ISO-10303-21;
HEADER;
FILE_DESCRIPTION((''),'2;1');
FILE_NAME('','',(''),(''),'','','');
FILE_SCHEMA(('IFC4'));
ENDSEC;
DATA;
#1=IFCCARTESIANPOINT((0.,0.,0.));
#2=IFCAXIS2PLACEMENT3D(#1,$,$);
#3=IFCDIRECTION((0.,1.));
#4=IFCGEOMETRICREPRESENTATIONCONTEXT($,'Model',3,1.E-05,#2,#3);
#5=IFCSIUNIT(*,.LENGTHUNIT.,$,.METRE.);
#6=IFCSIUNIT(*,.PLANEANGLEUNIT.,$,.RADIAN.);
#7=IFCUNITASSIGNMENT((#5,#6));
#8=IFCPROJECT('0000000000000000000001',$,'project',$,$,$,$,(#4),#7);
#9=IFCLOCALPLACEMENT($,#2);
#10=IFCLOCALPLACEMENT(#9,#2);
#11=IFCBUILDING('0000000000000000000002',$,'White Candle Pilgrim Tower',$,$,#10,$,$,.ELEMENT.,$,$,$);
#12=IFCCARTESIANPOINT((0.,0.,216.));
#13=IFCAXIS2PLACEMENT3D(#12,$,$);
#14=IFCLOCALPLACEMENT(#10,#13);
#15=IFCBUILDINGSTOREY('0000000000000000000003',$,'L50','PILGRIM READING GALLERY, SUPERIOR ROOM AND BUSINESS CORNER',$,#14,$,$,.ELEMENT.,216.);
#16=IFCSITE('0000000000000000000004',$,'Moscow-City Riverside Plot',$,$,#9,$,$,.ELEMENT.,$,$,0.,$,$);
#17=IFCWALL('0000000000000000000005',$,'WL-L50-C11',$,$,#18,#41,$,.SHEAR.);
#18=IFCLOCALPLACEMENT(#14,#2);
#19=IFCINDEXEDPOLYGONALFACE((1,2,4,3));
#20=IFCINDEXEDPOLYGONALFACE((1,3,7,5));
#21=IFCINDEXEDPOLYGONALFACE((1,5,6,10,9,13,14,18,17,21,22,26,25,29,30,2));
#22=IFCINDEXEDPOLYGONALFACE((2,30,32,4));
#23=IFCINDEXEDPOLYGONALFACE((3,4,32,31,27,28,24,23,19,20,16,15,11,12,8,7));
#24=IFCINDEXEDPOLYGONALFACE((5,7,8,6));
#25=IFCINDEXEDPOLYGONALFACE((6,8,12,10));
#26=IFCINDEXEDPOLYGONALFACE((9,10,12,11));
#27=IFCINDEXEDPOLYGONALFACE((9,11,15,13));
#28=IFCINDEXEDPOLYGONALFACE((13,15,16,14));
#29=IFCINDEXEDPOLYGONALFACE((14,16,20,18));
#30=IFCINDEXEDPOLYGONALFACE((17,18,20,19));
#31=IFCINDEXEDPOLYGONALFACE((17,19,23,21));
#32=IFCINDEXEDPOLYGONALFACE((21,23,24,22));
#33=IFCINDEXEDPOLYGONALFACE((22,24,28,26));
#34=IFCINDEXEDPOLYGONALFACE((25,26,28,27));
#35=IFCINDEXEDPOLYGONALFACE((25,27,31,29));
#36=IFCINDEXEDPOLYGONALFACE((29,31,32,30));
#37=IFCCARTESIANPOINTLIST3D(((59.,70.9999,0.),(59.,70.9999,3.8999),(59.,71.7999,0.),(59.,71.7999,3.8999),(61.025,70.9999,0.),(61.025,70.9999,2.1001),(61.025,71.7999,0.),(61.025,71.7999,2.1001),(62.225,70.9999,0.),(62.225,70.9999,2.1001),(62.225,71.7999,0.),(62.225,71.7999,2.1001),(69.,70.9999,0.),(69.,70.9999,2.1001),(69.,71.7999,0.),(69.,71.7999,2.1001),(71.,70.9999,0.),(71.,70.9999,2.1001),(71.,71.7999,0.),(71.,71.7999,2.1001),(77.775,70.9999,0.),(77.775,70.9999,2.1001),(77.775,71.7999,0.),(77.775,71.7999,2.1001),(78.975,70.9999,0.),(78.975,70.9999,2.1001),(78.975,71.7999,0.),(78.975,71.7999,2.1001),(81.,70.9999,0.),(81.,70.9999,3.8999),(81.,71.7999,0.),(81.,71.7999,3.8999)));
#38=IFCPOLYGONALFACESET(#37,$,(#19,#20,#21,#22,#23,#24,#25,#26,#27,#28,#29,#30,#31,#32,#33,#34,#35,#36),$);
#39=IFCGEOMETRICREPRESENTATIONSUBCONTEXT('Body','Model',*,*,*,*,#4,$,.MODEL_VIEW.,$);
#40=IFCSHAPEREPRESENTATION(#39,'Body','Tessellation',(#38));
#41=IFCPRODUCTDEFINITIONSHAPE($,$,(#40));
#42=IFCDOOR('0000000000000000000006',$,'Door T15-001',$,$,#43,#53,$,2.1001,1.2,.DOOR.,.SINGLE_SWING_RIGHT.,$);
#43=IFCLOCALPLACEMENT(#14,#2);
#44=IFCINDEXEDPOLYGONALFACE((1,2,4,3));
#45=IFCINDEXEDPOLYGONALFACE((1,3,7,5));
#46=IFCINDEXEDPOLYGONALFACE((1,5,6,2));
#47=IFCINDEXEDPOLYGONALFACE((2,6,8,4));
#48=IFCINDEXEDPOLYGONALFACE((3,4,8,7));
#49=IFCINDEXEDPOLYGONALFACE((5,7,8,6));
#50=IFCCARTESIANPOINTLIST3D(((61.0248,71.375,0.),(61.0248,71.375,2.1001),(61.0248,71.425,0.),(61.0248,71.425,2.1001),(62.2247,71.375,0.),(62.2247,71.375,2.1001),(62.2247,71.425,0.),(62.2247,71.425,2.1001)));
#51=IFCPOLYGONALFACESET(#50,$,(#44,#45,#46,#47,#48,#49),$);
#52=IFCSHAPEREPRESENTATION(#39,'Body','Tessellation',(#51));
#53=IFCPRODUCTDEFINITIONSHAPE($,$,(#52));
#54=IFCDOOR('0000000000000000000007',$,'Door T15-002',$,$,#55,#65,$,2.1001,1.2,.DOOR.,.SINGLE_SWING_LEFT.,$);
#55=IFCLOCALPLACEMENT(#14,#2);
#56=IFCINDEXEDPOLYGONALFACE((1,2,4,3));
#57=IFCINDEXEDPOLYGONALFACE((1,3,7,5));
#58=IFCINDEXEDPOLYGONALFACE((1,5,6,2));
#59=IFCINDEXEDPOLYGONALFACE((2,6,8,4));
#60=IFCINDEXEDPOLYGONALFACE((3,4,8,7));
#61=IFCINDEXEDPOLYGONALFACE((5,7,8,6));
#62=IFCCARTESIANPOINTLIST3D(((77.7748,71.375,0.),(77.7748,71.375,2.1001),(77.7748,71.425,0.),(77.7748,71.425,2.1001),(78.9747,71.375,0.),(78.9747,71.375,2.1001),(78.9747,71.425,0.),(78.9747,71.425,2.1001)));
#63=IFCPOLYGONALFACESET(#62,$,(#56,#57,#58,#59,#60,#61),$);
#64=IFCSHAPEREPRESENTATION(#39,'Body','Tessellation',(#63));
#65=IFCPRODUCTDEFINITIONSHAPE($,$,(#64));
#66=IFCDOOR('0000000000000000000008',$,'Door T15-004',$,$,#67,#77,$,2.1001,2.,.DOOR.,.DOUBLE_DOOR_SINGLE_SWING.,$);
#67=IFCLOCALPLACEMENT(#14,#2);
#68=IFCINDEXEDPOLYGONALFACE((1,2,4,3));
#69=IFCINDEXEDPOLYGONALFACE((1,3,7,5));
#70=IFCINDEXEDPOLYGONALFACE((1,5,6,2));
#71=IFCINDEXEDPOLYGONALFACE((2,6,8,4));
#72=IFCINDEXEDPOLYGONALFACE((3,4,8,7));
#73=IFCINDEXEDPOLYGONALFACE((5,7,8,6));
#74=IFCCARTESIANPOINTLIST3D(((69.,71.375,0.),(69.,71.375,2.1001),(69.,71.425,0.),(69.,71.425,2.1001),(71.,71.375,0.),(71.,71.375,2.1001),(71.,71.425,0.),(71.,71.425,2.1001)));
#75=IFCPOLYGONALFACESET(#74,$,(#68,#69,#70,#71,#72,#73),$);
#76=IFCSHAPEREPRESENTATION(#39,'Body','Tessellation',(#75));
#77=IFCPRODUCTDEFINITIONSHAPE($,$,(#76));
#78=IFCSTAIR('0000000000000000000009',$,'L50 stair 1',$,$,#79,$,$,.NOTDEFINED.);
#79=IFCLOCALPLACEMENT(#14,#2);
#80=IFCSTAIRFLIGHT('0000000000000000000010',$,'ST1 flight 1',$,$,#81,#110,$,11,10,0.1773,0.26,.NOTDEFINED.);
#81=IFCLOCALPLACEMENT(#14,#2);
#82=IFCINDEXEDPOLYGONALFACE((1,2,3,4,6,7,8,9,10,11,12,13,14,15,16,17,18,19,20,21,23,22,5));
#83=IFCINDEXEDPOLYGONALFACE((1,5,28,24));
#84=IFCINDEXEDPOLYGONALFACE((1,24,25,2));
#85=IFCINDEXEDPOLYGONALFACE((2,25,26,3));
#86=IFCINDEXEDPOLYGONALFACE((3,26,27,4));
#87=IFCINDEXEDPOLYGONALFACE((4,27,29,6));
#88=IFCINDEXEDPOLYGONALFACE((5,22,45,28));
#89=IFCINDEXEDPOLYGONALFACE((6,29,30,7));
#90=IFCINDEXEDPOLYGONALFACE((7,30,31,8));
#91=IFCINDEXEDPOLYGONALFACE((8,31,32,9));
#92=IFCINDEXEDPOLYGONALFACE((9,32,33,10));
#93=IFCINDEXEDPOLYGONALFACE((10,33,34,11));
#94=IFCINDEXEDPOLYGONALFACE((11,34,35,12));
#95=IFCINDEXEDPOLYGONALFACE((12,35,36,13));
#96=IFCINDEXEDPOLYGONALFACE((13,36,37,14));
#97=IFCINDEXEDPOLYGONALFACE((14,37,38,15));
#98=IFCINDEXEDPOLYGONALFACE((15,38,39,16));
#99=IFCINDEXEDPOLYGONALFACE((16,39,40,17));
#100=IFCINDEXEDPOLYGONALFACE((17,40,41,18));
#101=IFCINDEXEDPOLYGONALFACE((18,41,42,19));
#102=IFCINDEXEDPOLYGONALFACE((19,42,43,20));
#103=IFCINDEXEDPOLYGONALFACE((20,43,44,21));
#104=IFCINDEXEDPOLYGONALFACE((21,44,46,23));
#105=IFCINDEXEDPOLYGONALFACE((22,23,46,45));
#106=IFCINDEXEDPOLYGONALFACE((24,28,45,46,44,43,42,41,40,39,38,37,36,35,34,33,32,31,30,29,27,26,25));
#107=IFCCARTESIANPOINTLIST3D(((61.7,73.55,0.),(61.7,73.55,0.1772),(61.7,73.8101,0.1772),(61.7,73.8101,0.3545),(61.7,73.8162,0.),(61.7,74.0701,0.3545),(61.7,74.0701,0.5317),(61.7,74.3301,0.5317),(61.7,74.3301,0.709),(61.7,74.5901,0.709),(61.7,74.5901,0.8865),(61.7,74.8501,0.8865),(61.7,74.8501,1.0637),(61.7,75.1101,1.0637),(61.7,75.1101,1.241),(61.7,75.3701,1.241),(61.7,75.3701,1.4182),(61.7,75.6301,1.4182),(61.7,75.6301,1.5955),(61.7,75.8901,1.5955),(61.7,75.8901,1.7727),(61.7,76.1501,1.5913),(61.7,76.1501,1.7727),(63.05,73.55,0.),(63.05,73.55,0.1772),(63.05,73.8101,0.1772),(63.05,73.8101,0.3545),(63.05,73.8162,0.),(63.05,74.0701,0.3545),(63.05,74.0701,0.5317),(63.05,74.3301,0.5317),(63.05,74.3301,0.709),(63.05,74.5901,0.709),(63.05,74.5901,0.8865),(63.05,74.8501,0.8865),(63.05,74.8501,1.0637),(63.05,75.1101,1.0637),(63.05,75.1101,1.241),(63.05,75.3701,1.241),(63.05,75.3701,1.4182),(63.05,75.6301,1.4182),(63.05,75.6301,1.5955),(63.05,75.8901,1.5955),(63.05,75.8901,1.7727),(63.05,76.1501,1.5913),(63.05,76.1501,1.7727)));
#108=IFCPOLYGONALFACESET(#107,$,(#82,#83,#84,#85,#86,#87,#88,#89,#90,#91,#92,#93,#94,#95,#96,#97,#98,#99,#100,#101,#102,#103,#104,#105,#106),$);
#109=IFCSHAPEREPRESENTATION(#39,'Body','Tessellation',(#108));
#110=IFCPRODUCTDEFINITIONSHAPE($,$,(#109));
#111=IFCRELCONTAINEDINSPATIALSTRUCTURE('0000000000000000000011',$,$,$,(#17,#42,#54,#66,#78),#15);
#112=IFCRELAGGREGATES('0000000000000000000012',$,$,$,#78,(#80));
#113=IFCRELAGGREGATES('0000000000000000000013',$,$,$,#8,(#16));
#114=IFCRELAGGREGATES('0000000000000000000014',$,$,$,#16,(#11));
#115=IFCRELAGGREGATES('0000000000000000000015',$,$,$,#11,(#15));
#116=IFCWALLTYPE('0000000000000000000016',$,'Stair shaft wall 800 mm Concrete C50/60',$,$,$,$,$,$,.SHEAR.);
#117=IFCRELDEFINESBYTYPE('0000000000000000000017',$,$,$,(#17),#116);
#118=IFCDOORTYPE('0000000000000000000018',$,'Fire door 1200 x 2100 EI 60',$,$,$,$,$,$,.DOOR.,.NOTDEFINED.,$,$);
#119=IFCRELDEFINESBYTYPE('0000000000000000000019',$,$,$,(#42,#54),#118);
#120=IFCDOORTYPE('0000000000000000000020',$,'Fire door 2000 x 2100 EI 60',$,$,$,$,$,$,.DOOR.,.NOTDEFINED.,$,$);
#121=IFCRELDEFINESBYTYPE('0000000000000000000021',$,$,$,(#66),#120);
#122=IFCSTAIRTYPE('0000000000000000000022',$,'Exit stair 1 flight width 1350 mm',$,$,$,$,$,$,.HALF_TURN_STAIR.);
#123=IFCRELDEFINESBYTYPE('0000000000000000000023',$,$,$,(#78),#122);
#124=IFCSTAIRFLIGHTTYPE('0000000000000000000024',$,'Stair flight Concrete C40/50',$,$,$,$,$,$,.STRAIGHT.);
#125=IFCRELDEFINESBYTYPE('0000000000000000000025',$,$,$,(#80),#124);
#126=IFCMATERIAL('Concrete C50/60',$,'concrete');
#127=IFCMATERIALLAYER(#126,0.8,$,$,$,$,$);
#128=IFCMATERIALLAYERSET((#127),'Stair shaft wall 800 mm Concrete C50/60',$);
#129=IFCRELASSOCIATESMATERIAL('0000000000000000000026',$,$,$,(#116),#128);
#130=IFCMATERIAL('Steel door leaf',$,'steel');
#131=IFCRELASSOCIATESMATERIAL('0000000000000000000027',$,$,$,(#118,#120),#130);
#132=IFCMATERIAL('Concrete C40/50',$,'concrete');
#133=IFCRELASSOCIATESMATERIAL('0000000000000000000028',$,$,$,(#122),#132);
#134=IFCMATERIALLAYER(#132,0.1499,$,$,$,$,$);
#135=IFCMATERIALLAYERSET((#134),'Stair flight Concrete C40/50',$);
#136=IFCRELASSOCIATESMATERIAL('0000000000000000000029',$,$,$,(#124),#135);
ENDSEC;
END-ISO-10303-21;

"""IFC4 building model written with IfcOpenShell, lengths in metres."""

from ifc_helpers import new_model, si_unit, direction, frame, frame_2d, origin, place, context, subcontext, project, spatial, polyline, rectangle, outline, extrude, material, layer, layer_set, type_object, element, fill, aggregate, save


model = new_model("IFC4")

# Units and contexts
model_context = context("Model", 3, precision=1e-05, world=origin(), true_north=direction((0.0, 1.0)))
body_context = subcontext(model_context, "Body", "Model", "MODEL_VIEW")
ifc_project = project(units=[si_unit("LENGTHUNIT", "METRE"), si_unit("PLANEANGLEUNIT", "RADIAN")], contexts=[model_context])

# Site, building, storey
site_placement = place(None, origin())
site = spatial("IfcSite", under=ifc_project, at=site_placement, Name="Moscow-City Riverside Plot", CompositionType="ELEMENT", RefElevation=0.0)
building_placement = place(site_placement, origin())
building = spatial("IfcBuilding", under=site, at=building_placement, Name="White Candle Pilgrim Tower", CompositionType="ELEMENT")
storey_placement = place(building_placement, frame((0.0, 0.0, 216.0)))
storey = spatial("IfcBuildingStorey", under=building, at=storey_placement, Name="L50", Description="PILGRIM READING GALLERY, SUPERIOR ROOM AND BUSINESS CORNER", CompositionType="ELEMENT", Elevation=216.0)

# Shared definitions
ifc_material_1 = material(Name="Steel door leaf", Category="steel")

# Shared definitions
ifc_material_2 = material(Name="Concrete C50/60", Category="concrete")

# Wall, openings, doors
ifc_layer_1 = layer(ifc_material_2, 0.8)
ifc_layer_set_1 = layer_set([ifc_layer_1], Name="Stair shaft wall 800 mm Concrete C50/60")
wall_type_1 = type_object("IfcWallType", Name="Stair shaft wall 800 mm Concrete C50/60", PredefinedType="SHEAR", material=ifc_layer_set_1)
wall_1_placement = place(storey_placement, frame((59.0, 71.3999, 0.0), z_axis=(0.0, 0.0, 1.0), x_axis=(1.0, 0.0, 0.0)))
wall_1 = element("IfcWall", 1, at=wall_1_placement, inside=storey, type_object=wall_type_1, Name="WL-L50-C11", PredefinedType="SHEAR", context=body_context, shape_type="SweptSolid", body=[
    extrude(rectangle(XDim=22.0, YDim=0.8, at=frame_2d((11.0, 0.0))), origin(), (0.0, 0.0, 1.0), 3.8999),
])
opening_1_placement = place(wall_1_placement, frame((2.0249, 0.0, 0.0)))
opening_1 = element("IfcOpeningElement", 2, at=opening_1_placement, cuts=wall_1, PredefinedType="OPENING", context=body_context, shape_type="SweptSolid", body=[
    extrude(rectangle(XDim=1.2, YDim=2.1001, at=frame_2d((0.6001, 1.05))), frame((0.0, 0.4099, 0.0), z_axis=(0.0, -1.0, 0.0), x_axis=(1.0, 0.0, 0.0)), (0.0, 0.0, 1.0), 0.8201),
])
opening_2_placement = place(wall_1_placement, frame((18.7749, 0.0, 0.0)))
opening_2 = element("IfcOpeningElement", 3, at=opening_2_placement, cuts=wall_1, PredefinedType="OPENING", context=body_context, shape_type="SweptSolid", body=[
    extrude(rectangle(XDim=1.2, YDim=2.1001, at=frame_2d((0.6001, 1.05))), frame((0.0, 0.4099, 0.0), z_axis=(0.0, -1.0, 0.0), x_axis=(1.0, 0.0, 0.0)), (0.0, 0.0, 1.0), 0.8201),
])
opening_3_placement = place(wall_1_placement, frame((10.0, 0.0, 0.0)))
opening_3 = element("IfcOpeningElement", 4, at=opening_3_placement, cuts=wall_1, PredefinedType="OPENING", context=body_context, shape_type="SweptSolid", body=[
    extrude(rectangle(XDim=2.0, YDim=2.1001, at=frame_2d((1.0, 1.05))), frame((0.0, 0.4099, 0.0), z_axis=(0.0, -1.0, 0.0), x_axis=(1.0, 0.0, 0.0)), (0.0, 0.0, 1.0), 0.8201),
])
door_type_1 = type_object("IfcDoorType", Name="Fire door 1200 x 2100 EI 60", OperationType="NOTDEFINED", PredefinedType="DOOR", material=ifc_material_1)
door_1_placement = place(opening_1_placement, frame((1.2, 0.0, 0.0), z_axis=(0.0, 0.0, 1.0), x_axis=(-1.0, 0.0, 0.0)))
door_1 = element("IfcDoor", 5, at=door_1_placement, inside=storey, type_object=door_type_1, Name="Door T15-001", OperationType="SINGLE_SWING_RIGHT", OverallHeight=2.1001, OverallWidth=1.2, PredefinedType="DOOR", context=body_context, shape_type="SweptSolid", body=[
    extrude(rectangle(XDim=1.2, YDim=2.1001, at=frame_2d((0.6001, 1.05))), frame((0.0, 0.0249, 0.0), z_axis=(0.0, -1.0, 0.0), x_axis=(1.0, 0.0, 0.0)), (0.0, 0.0, 1.0), 0.05),
])
fill(opening_1, door_1)
door_2_placement = place(opening_2_placement, frame((1.2, 0.0, 0.0), z_axis=(0.0, 0.0, 1.0), x_axis=(-1.0, 0.0, 0.0)))
door_2 = element("IfcDoor", 6, at=door_2_placement, inside=storey, type_object=door_type_1, Name="Door T15-002", OperationType="SINGLE_SWING_LEFT", OverallHeight=2.1001, OverallWidth=1.2, PredefinedType="DOOR", context=body_context, shape_type="SweptSolid", body=[
    extrude(rectangle(XDim=1.2, YDim=2.1001, at=frame_2d((0.6001, 1.05))), frame((0.0, 0.0249, 0.0), z_axis=(0.0, -1.0, 0.0), x_axis=(1.0, 0.0, 0.0)), (0.0, 0.0, 1.0), 0.05),
])
fill(opening_2, door_2)
door_type_2 = type_object("IfcDoorType", Name="Fire door 2000 x 2100 EI 60", OperationType="NOTDEFINED", PredefinedType="DOOR", material=ifc_material_1)
door_3_placement = place(opening_3_placement, frame((2.0, 0.0, 0.0), z_axis=(0.0, 0.0, 1.0), x_axis=(-1.0, 0.0, 0.0)))
door_3 = element("IfcDoor", 7, at=door_3_placement, inside=storey, type_object=door_type_2, Name="Door T15-004", OperationType="DOUBLE_DOOR_SINGLE_SWING", OverallHeight=2.1001, OverallWidth=2.0, PredefinedType="DOOR", context=body_context, shape_type="SweptSolid", body=[
    extrude(rectangle(XDim=2.0, YDim=2.1001, at=frame_2d((1.0, 1.05))), frame((0.0, 0.0249, 0.0), z_axis=(0.0, -1.0, 0.0), x_axis=(1.0, 0.0, 0.0)), (0.0, 0.0, 1.0), 0.05),
])
fill(opening_3, door_3)

# Stair, stair flight
ifc_material_3 = material(Name="Concrete C40/50", Category="concrete")
stair_type = type_object("IfcStairType", Name="Exit stair 1 flight width 1350 mm", PredefinedType="HALF_TURN_STAIR", material=ifc_material_3)
stair_placement = place(storey_placement, origin())
stair = element("IfcStair", 8, at=stair_placement, inside=storey, type_object=stair_type, Name="L50 stair 1", PredefinedType="NOTDEFINED")
ifc_layer_2 = layer(ifc_material_3, 0.1499)
ifc_layer_set_2 = layer_set([ifc_layer_2], Name="Stair flight Concrete C40/50")
stair_flight_type = type_object("IfcStairFlightType", Name="Stair flight Concrete C40/50", PredefinedType="STRAIGHT", material=ifc_layer_set_2)
stair_flight_placement = place(storey_placement, frame((62.375, 73.55, 0.0), z_axis=(0.0, 0.0, 1.0), x_axis=(0.0, 1.0, 0.0)))
stair_flight = element("IfcStairFlight", 9, at=stair_flight_placement, type_object=stair_flight_type, Name="ST1 flight 1", NumberOfRisers=11, NumberOfTreads=10, PredefinedType="NOTDEFINED", RiserHeight=0.1773, TreadLength=0.26, context=body_context, shape_type="SweptSolid", body=[
    extrude(outline(polyline([(0.0, 0.0), (0.0, 0.1772), (0.26, 0.1772), (0.26, 0.3545), (0.52, 0.3545), (0.52, 0.5317), (0.78, 0.5317), (0.78, 0.709), (1.04, 0.709), (1.04, 0.8865), (1.3, 0.8865), (1.3, 1.0637), (1.5601, 1.0637), (1.5601, 1.241), (1.8201, 1.241), (1.8201, 1.4182), (2.0801, 1.4182), (2.0801, 1.5955), (2.3401, 1.5955), (2.3401, 1.7727), (2.6001, 1.7727), (2.6001, 1.95), (2.6001, 1.5913), (0.2661, 0.0), (0.0, 0.0)])), frame((0.0, 0.675, 0.0), z_axis=(0.0, -1.0, 0.0), x_axis=(1.0, 0.0, 0.0)), (0.0, 0.0, 1.0), 1.3501),
])
aggregate(stair, [stair_flight])

save(model, "model.ifc")
